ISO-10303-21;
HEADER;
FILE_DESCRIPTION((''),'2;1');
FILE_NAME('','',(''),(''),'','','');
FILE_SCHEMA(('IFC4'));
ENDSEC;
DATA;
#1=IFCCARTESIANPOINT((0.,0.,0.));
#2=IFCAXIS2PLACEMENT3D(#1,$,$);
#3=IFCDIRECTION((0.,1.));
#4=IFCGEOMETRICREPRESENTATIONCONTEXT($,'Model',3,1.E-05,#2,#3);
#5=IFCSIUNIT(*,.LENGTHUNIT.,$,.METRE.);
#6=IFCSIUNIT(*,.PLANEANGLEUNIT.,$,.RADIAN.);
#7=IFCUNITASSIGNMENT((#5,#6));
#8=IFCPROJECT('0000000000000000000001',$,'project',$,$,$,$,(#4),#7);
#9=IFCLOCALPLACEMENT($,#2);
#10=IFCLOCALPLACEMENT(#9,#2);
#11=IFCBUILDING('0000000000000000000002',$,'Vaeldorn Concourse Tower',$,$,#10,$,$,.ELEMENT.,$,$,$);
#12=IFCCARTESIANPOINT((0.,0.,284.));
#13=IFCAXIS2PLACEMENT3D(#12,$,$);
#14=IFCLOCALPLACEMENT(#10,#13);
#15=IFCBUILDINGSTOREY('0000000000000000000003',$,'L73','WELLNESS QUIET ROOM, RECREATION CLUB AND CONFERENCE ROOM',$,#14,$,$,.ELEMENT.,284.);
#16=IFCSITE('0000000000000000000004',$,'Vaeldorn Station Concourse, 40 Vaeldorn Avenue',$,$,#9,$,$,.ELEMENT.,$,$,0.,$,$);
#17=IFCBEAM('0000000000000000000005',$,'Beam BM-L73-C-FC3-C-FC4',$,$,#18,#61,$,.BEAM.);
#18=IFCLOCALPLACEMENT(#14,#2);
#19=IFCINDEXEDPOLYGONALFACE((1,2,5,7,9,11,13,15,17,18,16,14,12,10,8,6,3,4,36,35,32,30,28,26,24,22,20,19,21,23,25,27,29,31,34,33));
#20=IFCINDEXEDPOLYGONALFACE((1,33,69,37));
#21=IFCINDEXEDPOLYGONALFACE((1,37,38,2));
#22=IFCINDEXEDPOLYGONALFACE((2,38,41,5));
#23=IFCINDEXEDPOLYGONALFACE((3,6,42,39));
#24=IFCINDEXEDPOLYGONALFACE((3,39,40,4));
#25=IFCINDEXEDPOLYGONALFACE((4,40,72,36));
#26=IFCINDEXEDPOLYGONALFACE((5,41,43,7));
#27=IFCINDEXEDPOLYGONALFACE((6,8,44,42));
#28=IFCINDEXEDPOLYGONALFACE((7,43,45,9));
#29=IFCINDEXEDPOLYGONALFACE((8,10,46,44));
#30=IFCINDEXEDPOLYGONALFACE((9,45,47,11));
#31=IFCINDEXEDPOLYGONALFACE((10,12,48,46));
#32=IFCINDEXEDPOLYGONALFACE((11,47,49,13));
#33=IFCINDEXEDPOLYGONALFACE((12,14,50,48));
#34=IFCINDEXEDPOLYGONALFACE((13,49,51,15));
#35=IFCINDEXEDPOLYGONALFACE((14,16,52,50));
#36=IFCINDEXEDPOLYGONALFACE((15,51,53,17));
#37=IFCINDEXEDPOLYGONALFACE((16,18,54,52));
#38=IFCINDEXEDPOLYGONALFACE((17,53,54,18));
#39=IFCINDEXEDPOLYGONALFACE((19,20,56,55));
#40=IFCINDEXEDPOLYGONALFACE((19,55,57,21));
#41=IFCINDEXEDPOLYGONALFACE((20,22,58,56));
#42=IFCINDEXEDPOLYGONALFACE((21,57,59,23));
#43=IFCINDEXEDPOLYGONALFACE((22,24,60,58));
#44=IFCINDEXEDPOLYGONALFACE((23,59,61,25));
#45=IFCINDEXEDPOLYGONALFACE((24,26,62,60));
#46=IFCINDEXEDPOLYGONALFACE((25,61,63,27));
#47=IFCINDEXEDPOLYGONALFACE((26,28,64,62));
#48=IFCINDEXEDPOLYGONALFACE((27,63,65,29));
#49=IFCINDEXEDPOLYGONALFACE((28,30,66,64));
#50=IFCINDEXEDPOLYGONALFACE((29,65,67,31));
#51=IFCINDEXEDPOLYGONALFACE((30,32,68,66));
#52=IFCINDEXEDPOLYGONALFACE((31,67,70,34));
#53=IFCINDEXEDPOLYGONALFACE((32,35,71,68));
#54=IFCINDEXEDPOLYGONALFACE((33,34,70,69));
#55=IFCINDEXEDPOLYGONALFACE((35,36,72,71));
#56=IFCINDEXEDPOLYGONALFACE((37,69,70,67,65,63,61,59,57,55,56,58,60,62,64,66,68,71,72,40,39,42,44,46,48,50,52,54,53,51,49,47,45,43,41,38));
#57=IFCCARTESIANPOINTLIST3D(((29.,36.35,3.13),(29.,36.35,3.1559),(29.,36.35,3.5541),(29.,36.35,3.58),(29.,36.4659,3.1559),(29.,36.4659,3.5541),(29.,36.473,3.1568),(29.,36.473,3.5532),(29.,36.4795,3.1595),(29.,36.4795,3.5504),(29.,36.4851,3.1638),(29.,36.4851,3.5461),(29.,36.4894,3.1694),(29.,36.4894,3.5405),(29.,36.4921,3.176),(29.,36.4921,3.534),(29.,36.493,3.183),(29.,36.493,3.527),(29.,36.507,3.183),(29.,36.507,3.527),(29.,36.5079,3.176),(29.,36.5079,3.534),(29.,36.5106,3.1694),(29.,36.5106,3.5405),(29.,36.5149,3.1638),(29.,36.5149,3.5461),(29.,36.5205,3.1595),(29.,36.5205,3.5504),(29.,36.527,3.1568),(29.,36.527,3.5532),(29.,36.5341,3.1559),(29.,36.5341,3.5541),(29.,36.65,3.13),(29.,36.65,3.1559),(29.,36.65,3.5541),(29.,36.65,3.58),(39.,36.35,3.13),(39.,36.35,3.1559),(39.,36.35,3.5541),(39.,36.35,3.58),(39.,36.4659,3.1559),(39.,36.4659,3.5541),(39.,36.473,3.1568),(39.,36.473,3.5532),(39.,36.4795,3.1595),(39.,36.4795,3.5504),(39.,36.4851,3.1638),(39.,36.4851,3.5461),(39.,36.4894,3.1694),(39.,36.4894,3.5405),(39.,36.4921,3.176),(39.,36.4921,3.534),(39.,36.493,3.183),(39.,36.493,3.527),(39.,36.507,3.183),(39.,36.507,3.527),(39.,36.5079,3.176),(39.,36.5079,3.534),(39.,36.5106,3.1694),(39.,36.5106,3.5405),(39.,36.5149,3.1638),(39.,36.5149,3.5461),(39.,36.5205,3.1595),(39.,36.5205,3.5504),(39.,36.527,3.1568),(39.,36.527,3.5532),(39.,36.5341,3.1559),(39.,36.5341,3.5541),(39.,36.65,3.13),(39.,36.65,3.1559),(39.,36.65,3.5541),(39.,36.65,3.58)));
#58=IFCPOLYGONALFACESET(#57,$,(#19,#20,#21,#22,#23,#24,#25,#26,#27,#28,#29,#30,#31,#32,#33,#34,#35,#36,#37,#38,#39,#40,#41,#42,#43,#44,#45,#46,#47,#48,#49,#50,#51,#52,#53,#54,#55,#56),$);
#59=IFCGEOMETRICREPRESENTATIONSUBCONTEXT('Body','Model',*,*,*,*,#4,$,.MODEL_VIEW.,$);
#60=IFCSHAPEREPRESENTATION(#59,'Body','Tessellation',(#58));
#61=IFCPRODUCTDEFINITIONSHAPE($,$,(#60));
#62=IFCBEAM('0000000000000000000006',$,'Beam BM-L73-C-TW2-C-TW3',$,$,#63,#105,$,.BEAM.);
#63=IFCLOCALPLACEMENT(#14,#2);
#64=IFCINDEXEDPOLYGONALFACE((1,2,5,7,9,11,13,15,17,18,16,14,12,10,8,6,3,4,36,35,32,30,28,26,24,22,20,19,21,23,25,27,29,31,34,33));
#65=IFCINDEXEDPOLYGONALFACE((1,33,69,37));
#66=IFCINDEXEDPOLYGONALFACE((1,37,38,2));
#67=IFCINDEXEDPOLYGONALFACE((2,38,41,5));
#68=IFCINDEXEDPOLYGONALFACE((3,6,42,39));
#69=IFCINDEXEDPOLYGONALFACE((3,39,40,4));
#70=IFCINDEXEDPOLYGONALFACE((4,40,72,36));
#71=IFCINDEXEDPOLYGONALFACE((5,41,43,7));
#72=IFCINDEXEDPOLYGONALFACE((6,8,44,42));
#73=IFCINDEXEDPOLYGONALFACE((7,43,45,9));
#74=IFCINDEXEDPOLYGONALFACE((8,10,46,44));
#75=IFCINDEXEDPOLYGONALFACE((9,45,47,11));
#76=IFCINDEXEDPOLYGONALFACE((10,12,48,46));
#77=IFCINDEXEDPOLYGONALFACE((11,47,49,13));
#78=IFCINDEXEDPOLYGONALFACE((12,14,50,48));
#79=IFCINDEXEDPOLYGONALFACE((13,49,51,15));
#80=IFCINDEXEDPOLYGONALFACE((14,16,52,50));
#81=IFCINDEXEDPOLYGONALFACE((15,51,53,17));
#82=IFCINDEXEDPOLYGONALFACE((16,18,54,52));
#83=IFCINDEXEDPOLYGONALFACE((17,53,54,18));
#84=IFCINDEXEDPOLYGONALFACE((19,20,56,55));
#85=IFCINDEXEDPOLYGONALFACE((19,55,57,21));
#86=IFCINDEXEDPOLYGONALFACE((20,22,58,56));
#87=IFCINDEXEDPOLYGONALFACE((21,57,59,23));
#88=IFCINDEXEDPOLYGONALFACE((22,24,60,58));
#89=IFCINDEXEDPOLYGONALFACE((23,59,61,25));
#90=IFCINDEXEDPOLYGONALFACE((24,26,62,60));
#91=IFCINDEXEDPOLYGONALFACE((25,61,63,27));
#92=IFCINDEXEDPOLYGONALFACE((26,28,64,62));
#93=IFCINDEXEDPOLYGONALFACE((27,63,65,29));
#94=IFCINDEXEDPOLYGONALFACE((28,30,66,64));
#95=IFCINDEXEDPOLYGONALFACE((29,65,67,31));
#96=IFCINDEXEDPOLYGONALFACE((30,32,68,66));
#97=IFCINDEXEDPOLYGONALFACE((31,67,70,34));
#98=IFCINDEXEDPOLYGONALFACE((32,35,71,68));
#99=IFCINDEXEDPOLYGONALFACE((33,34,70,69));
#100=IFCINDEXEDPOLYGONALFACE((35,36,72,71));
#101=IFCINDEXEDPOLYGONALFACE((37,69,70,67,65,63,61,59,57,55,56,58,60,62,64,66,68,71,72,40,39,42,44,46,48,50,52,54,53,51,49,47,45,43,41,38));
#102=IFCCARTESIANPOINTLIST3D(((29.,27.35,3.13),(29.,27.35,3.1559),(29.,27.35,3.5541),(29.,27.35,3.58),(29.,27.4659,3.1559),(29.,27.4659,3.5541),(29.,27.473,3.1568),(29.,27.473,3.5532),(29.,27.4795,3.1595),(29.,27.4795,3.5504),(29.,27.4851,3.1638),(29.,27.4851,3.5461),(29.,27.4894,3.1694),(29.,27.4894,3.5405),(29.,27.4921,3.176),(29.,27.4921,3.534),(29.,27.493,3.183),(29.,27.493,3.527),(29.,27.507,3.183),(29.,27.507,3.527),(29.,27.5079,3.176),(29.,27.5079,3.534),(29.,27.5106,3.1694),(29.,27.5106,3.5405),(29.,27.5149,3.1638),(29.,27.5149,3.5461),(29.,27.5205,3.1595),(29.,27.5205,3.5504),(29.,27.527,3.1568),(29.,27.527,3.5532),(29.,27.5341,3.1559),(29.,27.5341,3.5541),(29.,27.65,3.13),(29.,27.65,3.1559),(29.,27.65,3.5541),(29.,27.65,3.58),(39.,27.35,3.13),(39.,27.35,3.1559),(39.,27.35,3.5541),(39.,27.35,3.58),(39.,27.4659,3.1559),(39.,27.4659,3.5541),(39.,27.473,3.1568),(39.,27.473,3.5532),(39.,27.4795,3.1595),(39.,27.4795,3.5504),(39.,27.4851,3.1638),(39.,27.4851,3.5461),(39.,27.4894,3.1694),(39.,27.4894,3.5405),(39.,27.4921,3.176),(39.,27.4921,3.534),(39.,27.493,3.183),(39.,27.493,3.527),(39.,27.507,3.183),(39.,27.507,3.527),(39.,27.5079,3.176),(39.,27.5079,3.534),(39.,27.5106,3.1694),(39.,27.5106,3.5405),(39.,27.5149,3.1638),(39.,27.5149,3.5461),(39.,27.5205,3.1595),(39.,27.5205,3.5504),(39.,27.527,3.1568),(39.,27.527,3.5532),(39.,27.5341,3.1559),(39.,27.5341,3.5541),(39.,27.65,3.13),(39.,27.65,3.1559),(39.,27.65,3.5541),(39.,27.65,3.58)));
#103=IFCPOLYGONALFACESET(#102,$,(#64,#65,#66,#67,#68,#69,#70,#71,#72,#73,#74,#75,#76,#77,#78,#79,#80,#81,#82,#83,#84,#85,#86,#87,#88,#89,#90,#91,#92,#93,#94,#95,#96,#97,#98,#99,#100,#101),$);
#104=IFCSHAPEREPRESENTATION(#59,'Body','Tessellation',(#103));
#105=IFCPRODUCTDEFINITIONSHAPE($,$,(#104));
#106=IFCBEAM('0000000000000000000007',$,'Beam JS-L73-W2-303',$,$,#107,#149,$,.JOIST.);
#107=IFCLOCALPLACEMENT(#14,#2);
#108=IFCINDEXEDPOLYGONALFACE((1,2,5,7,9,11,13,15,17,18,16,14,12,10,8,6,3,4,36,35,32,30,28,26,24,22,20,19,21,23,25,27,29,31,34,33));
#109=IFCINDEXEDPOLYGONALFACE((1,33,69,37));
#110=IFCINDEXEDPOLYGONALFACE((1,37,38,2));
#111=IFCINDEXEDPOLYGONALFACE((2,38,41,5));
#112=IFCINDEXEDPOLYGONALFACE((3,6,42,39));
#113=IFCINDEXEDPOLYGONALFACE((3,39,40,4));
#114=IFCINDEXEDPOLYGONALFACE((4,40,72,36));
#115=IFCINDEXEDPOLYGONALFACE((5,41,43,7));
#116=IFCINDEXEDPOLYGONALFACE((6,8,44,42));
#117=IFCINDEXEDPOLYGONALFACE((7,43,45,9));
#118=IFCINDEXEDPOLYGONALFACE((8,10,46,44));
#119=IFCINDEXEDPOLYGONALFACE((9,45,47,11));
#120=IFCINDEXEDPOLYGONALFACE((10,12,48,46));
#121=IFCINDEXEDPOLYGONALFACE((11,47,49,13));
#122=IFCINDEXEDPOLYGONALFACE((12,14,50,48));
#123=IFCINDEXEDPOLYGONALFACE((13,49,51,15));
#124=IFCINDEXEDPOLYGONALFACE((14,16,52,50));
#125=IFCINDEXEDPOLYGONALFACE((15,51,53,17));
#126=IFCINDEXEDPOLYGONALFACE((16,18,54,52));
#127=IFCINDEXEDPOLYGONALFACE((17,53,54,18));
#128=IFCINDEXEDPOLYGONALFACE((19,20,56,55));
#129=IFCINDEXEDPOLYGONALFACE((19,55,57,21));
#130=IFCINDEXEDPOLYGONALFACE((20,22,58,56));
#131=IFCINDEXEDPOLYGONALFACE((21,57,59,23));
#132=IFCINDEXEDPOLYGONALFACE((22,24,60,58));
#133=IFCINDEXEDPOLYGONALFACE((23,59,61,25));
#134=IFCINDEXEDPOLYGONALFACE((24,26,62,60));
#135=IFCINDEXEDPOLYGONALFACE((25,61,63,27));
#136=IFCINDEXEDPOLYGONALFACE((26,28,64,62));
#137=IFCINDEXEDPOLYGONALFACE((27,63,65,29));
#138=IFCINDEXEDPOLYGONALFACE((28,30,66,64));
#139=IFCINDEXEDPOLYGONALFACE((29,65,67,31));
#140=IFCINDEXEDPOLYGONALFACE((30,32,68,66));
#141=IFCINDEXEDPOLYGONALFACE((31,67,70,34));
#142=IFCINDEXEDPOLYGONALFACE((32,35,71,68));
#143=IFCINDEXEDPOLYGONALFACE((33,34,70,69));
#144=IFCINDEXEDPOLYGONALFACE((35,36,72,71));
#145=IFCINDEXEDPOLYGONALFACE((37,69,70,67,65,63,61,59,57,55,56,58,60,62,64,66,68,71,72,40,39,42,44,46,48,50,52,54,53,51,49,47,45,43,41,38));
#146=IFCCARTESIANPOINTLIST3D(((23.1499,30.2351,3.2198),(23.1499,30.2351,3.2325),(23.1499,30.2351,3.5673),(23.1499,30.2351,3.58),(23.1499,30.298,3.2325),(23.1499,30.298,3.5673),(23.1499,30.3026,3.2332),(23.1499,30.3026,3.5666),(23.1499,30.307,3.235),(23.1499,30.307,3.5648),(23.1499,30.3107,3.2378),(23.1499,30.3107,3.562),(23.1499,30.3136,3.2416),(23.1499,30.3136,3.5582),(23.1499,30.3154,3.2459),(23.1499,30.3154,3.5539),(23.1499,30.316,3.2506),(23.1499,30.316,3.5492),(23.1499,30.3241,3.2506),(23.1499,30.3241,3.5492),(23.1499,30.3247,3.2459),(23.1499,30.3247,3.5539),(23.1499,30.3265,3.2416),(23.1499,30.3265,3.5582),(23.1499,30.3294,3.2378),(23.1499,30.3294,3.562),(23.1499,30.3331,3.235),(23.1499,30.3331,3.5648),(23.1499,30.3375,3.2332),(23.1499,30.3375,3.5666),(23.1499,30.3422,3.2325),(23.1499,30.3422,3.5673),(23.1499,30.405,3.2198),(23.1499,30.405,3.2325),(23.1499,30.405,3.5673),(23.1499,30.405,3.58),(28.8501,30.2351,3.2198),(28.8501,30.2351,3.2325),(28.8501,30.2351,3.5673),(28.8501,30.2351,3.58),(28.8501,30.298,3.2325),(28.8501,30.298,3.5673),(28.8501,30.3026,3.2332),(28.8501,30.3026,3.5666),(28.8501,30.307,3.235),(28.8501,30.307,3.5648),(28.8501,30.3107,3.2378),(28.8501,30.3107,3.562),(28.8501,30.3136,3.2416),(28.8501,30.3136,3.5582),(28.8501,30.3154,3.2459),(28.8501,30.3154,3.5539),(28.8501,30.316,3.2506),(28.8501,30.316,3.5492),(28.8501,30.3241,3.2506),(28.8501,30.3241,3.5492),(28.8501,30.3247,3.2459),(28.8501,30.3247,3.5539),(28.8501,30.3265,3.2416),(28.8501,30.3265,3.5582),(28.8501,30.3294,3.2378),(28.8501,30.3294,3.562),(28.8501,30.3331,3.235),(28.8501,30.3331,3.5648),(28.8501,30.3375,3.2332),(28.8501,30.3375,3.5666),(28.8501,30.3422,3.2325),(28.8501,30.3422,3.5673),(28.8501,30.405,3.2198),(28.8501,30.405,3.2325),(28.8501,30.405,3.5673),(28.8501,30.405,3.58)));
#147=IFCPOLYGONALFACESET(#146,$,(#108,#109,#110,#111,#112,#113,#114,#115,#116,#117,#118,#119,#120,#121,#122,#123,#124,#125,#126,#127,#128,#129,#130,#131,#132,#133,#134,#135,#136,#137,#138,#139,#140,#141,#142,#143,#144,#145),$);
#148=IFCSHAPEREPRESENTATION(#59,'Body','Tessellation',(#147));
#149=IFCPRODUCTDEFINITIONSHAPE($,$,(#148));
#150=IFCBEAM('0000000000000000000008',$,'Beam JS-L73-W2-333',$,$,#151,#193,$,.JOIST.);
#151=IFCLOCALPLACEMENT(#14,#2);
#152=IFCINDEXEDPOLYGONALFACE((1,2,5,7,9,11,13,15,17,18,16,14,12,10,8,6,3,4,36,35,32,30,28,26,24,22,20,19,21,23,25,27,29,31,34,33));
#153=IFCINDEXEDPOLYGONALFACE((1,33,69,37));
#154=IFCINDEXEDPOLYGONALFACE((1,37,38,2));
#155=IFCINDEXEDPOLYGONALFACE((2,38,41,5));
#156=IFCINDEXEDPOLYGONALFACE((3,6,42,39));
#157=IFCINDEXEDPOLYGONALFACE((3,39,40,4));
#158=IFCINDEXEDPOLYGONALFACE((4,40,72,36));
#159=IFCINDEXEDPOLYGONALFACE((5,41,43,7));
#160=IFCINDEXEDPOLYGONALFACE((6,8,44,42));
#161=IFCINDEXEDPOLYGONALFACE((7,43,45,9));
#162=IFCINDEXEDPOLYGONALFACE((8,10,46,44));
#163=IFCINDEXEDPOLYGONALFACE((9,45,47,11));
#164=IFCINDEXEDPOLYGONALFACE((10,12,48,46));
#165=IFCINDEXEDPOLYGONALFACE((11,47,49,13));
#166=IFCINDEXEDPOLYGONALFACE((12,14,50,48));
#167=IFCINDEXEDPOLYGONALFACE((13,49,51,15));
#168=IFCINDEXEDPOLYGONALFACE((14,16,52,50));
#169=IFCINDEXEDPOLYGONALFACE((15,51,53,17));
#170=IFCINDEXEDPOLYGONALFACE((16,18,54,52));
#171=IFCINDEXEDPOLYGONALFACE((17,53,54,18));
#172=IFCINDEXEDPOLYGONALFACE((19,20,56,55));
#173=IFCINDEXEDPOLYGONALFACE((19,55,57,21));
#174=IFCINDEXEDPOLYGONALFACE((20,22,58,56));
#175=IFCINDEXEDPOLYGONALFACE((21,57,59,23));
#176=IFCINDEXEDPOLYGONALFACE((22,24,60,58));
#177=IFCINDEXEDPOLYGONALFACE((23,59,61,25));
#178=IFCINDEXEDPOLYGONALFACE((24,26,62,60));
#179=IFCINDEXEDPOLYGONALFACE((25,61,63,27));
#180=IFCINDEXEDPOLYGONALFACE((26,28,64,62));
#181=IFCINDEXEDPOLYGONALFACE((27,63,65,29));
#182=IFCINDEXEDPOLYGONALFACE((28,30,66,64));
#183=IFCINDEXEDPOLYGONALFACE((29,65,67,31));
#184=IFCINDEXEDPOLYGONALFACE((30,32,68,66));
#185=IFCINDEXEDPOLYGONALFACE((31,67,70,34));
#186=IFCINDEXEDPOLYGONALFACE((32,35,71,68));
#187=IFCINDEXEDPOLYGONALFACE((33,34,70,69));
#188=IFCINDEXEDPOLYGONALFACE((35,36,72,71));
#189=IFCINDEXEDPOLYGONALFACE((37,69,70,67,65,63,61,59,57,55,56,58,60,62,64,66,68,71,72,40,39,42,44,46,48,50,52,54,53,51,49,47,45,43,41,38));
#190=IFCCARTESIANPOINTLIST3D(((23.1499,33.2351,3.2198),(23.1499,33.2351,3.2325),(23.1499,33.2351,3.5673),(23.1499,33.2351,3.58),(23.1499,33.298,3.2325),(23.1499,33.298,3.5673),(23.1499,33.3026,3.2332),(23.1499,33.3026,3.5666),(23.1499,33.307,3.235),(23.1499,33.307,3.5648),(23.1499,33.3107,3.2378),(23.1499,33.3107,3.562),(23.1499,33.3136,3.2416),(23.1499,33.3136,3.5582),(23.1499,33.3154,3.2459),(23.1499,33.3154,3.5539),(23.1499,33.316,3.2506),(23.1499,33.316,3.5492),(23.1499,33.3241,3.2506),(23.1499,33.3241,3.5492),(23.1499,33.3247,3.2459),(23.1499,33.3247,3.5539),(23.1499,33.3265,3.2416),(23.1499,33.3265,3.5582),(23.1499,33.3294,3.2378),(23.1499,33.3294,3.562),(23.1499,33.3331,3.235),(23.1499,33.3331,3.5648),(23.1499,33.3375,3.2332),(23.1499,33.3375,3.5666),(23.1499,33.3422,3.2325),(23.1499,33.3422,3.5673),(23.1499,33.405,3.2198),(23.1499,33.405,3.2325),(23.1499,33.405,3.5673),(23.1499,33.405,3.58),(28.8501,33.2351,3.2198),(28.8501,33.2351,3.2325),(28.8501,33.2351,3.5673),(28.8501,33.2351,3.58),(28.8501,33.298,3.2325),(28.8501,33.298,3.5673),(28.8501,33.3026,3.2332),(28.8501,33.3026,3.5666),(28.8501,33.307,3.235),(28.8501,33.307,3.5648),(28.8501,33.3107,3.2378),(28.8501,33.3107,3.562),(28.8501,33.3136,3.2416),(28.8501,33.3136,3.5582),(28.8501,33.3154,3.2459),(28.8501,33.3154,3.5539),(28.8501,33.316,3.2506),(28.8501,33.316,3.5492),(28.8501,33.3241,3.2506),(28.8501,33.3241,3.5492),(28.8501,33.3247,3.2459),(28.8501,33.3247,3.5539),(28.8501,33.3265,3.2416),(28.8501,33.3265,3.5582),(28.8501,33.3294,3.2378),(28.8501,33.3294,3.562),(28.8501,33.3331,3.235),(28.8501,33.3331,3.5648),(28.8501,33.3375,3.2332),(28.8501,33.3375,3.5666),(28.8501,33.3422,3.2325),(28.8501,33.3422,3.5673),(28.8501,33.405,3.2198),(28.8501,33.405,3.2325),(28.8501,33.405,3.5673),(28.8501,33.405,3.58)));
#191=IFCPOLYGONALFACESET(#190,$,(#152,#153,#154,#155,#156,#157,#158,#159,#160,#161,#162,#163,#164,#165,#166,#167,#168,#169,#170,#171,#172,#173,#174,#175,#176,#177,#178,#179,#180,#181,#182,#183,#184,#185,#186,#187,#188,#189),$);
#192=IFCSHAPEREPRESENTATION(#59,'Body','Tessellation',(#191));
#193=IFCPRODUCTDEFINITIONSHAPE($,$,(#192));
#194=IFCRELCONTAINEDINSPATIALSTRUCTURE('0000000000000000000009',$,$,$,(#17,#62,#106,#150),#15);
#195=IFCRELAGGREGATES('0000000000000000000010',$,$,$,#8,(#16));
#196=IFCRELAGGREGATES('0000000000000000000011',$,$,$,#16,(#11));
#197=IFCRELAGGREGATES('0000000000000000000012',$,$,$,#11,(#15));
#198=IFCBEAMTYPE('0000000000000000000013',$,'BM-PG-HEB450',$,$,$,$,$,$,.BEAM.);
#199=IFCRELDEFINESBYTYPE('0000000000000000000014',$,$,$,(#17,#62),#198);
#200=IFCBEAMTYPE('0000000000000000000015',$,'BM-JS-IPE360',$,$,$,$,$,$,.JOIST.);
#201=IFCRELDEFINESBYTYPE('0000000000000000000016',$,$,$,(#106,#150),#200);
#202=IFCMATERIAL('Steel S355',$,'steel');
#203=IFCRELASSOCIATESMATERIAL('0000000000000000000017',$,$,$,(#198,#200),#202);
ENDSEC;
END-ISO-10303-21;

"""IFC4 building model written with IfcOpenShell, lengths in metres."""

from ifc_helpers import new_model, si_unit, direction, frame, origin, origin_2d, place, context, subcontext, project, spatial, i_section, extrude, source, transform, mapped, material, material_profile, profile_set, type_object, element, save


model = new_model("IFC4")

# Units and contexts
model_context = context("Model", 3, precision=1e-05, world=origin(), true_north=direction((0.0, 1.0)))
body_context = subcontext(model_context, "Body", "Model", "MODEL_VIEW")
ifc_project = project(units=[si_unit("LENGTHUNIT", "METRE"), si_unit("PLANEANGLEUNIT", "RADIAN")], contexts=[model_context])

# Site, building, storey
site_placement = place(None, origin())
site = spatial("IfcSite", under=ifc_project, at=site_placement, Name="Vaeldorn Station Concourse, 40 Vaeldorn Avenue", CompositionType="ELEMENT", RefElevation=0.0)
building_placement = place(site_placement, origin())
building = spatial("IfcBuilding", under=site, at=building_placement, Name="Vaeldorn Concourse Tower", CompositionType="ELEMENT")
storey_placement = place(building_placement, frame((0.0, 0.0, 284.0)))
storey = spatial("IfcBuildingStorey", under=building, at=storey_placement, Name="L73", Description="WELLNESS QUIET ROOM, RECREATION CLUB AND CONFERENCE ROOM", CompositionType="ELEMENT", Elevation=284.0)

# Shared definitions
ifc_material_1 = material(Name="Steel S355", Category="steel")

# Beams
ifc_material_profile_1 = material_profile(ifc_material_1, i_section(OverallWidth=0.3, OverallDepth=0.45, WebThickness=0.0139, FlangeThickness=0.0259, FilletRadius=0.0271, at=origin_2d()), Name="HEB 450")
ifc_profile_set_1 = profile_set([ifc_material_profile_1], Name="Steel S355")
beam_type_1 = type_object("IfcBeamType", Name="BM-PG-HEB450", PredefinedType="BEAM", material=ifc_profile_set_1)
shared_shape_1 = source(origin(), body_context, "Body", "SweptSolid", [
    extrude(i_section(OverallWidth=0.3, OverallDepth=0.45, WebThickness=0.0139, FlangeThickness=0.0259, FilletRadius=0.0271, at=origin_2d()), origin(), (0.0, 0.0, 1.0), 10.0),
])
for number, where, z_axis, x_axis, name in (
    (1, (29.0, 36.5, 3.355), (1.0, 0.0, 0.0), (0.0, 1.0, 0.0), "Beam BM-L73-C-FC3-C-FC4"),
    (2, (29.0, 27.5, 3.355), (1.0, 0.0, 0.0), (0.0, 1.0, 0.0), "Beam BM-L73-C-TW2-C-TW3"),
):
    element("IfcBeam", number, at=place(storey_placement, frame(where, z_axis=z_axis, x_axis=x_axis)), inside=storey, type_object=beam_type_1, Name=name, PredefinedType="BEAM", context=body_context, shape_type="MappedRepresentation", body=[
        mapped(shared_shape_1, transform((0.0, 0.0, 0.0), scale=1.0)),
    ])
ifc_material_profile_2 = material_profile(ifc_material_1, i_section(OverallWidth=0.1699, OverallDepth=0.3601, WebThickness=0.0081, FlangeThickness=0.0127, FilletRadius=0.0181, at=origin_2d()), Name="IPE 360")
ifc_profile_set_2 = profile_set([ifc_material_profile_2], Name="Steel S355")
beam_type_2 = type_object("IfcBeamType", Name="BM-JS-IPE360", PredefinedType="JOIST", material=ifc_profile_set_2)
shared_shape_2 = source(origin(), body_context, "Body", "SweptSolid", [
    extrude(i_section(OverallWidth=0.1699, OverallDepth=0.3601, WebThickness=0.0081, FlangeThickness=0.0127, FilletRadius=0.0181, at=origin_2d()), origin(), (0.0, 0.0, 1.0), 5.7002),
])
for number, where, z_axis, x_axis, name in (
    (3, (23.1499, 30.3201, 3.3999), (1.0, 0.0, 0.0), (0.0, 1.0, 0.0), "Beam JS-L73-W2-303"),
    (4, (23.1499, 33.3201, 3.3999), (1.0, 0.0, 0.0), (0.0, 1.0, 0.0), "Beam JS-L73-W2-333"),
):
    element("IfcBeam", number, at=place(storey_placement, frame(where, z_axis=z_axis, x_axis=x_axis)), inside=storey, type_object=beam_type_2, Name=name, PredefinedType="JOIST", context=body_context, shape_type="MappedRepresentation", body=[
        mapped(shared_shape_2, transform((0.0, 0.0, 0.0), scale=1.0)),
    ])

save(model, "model.ifc")
